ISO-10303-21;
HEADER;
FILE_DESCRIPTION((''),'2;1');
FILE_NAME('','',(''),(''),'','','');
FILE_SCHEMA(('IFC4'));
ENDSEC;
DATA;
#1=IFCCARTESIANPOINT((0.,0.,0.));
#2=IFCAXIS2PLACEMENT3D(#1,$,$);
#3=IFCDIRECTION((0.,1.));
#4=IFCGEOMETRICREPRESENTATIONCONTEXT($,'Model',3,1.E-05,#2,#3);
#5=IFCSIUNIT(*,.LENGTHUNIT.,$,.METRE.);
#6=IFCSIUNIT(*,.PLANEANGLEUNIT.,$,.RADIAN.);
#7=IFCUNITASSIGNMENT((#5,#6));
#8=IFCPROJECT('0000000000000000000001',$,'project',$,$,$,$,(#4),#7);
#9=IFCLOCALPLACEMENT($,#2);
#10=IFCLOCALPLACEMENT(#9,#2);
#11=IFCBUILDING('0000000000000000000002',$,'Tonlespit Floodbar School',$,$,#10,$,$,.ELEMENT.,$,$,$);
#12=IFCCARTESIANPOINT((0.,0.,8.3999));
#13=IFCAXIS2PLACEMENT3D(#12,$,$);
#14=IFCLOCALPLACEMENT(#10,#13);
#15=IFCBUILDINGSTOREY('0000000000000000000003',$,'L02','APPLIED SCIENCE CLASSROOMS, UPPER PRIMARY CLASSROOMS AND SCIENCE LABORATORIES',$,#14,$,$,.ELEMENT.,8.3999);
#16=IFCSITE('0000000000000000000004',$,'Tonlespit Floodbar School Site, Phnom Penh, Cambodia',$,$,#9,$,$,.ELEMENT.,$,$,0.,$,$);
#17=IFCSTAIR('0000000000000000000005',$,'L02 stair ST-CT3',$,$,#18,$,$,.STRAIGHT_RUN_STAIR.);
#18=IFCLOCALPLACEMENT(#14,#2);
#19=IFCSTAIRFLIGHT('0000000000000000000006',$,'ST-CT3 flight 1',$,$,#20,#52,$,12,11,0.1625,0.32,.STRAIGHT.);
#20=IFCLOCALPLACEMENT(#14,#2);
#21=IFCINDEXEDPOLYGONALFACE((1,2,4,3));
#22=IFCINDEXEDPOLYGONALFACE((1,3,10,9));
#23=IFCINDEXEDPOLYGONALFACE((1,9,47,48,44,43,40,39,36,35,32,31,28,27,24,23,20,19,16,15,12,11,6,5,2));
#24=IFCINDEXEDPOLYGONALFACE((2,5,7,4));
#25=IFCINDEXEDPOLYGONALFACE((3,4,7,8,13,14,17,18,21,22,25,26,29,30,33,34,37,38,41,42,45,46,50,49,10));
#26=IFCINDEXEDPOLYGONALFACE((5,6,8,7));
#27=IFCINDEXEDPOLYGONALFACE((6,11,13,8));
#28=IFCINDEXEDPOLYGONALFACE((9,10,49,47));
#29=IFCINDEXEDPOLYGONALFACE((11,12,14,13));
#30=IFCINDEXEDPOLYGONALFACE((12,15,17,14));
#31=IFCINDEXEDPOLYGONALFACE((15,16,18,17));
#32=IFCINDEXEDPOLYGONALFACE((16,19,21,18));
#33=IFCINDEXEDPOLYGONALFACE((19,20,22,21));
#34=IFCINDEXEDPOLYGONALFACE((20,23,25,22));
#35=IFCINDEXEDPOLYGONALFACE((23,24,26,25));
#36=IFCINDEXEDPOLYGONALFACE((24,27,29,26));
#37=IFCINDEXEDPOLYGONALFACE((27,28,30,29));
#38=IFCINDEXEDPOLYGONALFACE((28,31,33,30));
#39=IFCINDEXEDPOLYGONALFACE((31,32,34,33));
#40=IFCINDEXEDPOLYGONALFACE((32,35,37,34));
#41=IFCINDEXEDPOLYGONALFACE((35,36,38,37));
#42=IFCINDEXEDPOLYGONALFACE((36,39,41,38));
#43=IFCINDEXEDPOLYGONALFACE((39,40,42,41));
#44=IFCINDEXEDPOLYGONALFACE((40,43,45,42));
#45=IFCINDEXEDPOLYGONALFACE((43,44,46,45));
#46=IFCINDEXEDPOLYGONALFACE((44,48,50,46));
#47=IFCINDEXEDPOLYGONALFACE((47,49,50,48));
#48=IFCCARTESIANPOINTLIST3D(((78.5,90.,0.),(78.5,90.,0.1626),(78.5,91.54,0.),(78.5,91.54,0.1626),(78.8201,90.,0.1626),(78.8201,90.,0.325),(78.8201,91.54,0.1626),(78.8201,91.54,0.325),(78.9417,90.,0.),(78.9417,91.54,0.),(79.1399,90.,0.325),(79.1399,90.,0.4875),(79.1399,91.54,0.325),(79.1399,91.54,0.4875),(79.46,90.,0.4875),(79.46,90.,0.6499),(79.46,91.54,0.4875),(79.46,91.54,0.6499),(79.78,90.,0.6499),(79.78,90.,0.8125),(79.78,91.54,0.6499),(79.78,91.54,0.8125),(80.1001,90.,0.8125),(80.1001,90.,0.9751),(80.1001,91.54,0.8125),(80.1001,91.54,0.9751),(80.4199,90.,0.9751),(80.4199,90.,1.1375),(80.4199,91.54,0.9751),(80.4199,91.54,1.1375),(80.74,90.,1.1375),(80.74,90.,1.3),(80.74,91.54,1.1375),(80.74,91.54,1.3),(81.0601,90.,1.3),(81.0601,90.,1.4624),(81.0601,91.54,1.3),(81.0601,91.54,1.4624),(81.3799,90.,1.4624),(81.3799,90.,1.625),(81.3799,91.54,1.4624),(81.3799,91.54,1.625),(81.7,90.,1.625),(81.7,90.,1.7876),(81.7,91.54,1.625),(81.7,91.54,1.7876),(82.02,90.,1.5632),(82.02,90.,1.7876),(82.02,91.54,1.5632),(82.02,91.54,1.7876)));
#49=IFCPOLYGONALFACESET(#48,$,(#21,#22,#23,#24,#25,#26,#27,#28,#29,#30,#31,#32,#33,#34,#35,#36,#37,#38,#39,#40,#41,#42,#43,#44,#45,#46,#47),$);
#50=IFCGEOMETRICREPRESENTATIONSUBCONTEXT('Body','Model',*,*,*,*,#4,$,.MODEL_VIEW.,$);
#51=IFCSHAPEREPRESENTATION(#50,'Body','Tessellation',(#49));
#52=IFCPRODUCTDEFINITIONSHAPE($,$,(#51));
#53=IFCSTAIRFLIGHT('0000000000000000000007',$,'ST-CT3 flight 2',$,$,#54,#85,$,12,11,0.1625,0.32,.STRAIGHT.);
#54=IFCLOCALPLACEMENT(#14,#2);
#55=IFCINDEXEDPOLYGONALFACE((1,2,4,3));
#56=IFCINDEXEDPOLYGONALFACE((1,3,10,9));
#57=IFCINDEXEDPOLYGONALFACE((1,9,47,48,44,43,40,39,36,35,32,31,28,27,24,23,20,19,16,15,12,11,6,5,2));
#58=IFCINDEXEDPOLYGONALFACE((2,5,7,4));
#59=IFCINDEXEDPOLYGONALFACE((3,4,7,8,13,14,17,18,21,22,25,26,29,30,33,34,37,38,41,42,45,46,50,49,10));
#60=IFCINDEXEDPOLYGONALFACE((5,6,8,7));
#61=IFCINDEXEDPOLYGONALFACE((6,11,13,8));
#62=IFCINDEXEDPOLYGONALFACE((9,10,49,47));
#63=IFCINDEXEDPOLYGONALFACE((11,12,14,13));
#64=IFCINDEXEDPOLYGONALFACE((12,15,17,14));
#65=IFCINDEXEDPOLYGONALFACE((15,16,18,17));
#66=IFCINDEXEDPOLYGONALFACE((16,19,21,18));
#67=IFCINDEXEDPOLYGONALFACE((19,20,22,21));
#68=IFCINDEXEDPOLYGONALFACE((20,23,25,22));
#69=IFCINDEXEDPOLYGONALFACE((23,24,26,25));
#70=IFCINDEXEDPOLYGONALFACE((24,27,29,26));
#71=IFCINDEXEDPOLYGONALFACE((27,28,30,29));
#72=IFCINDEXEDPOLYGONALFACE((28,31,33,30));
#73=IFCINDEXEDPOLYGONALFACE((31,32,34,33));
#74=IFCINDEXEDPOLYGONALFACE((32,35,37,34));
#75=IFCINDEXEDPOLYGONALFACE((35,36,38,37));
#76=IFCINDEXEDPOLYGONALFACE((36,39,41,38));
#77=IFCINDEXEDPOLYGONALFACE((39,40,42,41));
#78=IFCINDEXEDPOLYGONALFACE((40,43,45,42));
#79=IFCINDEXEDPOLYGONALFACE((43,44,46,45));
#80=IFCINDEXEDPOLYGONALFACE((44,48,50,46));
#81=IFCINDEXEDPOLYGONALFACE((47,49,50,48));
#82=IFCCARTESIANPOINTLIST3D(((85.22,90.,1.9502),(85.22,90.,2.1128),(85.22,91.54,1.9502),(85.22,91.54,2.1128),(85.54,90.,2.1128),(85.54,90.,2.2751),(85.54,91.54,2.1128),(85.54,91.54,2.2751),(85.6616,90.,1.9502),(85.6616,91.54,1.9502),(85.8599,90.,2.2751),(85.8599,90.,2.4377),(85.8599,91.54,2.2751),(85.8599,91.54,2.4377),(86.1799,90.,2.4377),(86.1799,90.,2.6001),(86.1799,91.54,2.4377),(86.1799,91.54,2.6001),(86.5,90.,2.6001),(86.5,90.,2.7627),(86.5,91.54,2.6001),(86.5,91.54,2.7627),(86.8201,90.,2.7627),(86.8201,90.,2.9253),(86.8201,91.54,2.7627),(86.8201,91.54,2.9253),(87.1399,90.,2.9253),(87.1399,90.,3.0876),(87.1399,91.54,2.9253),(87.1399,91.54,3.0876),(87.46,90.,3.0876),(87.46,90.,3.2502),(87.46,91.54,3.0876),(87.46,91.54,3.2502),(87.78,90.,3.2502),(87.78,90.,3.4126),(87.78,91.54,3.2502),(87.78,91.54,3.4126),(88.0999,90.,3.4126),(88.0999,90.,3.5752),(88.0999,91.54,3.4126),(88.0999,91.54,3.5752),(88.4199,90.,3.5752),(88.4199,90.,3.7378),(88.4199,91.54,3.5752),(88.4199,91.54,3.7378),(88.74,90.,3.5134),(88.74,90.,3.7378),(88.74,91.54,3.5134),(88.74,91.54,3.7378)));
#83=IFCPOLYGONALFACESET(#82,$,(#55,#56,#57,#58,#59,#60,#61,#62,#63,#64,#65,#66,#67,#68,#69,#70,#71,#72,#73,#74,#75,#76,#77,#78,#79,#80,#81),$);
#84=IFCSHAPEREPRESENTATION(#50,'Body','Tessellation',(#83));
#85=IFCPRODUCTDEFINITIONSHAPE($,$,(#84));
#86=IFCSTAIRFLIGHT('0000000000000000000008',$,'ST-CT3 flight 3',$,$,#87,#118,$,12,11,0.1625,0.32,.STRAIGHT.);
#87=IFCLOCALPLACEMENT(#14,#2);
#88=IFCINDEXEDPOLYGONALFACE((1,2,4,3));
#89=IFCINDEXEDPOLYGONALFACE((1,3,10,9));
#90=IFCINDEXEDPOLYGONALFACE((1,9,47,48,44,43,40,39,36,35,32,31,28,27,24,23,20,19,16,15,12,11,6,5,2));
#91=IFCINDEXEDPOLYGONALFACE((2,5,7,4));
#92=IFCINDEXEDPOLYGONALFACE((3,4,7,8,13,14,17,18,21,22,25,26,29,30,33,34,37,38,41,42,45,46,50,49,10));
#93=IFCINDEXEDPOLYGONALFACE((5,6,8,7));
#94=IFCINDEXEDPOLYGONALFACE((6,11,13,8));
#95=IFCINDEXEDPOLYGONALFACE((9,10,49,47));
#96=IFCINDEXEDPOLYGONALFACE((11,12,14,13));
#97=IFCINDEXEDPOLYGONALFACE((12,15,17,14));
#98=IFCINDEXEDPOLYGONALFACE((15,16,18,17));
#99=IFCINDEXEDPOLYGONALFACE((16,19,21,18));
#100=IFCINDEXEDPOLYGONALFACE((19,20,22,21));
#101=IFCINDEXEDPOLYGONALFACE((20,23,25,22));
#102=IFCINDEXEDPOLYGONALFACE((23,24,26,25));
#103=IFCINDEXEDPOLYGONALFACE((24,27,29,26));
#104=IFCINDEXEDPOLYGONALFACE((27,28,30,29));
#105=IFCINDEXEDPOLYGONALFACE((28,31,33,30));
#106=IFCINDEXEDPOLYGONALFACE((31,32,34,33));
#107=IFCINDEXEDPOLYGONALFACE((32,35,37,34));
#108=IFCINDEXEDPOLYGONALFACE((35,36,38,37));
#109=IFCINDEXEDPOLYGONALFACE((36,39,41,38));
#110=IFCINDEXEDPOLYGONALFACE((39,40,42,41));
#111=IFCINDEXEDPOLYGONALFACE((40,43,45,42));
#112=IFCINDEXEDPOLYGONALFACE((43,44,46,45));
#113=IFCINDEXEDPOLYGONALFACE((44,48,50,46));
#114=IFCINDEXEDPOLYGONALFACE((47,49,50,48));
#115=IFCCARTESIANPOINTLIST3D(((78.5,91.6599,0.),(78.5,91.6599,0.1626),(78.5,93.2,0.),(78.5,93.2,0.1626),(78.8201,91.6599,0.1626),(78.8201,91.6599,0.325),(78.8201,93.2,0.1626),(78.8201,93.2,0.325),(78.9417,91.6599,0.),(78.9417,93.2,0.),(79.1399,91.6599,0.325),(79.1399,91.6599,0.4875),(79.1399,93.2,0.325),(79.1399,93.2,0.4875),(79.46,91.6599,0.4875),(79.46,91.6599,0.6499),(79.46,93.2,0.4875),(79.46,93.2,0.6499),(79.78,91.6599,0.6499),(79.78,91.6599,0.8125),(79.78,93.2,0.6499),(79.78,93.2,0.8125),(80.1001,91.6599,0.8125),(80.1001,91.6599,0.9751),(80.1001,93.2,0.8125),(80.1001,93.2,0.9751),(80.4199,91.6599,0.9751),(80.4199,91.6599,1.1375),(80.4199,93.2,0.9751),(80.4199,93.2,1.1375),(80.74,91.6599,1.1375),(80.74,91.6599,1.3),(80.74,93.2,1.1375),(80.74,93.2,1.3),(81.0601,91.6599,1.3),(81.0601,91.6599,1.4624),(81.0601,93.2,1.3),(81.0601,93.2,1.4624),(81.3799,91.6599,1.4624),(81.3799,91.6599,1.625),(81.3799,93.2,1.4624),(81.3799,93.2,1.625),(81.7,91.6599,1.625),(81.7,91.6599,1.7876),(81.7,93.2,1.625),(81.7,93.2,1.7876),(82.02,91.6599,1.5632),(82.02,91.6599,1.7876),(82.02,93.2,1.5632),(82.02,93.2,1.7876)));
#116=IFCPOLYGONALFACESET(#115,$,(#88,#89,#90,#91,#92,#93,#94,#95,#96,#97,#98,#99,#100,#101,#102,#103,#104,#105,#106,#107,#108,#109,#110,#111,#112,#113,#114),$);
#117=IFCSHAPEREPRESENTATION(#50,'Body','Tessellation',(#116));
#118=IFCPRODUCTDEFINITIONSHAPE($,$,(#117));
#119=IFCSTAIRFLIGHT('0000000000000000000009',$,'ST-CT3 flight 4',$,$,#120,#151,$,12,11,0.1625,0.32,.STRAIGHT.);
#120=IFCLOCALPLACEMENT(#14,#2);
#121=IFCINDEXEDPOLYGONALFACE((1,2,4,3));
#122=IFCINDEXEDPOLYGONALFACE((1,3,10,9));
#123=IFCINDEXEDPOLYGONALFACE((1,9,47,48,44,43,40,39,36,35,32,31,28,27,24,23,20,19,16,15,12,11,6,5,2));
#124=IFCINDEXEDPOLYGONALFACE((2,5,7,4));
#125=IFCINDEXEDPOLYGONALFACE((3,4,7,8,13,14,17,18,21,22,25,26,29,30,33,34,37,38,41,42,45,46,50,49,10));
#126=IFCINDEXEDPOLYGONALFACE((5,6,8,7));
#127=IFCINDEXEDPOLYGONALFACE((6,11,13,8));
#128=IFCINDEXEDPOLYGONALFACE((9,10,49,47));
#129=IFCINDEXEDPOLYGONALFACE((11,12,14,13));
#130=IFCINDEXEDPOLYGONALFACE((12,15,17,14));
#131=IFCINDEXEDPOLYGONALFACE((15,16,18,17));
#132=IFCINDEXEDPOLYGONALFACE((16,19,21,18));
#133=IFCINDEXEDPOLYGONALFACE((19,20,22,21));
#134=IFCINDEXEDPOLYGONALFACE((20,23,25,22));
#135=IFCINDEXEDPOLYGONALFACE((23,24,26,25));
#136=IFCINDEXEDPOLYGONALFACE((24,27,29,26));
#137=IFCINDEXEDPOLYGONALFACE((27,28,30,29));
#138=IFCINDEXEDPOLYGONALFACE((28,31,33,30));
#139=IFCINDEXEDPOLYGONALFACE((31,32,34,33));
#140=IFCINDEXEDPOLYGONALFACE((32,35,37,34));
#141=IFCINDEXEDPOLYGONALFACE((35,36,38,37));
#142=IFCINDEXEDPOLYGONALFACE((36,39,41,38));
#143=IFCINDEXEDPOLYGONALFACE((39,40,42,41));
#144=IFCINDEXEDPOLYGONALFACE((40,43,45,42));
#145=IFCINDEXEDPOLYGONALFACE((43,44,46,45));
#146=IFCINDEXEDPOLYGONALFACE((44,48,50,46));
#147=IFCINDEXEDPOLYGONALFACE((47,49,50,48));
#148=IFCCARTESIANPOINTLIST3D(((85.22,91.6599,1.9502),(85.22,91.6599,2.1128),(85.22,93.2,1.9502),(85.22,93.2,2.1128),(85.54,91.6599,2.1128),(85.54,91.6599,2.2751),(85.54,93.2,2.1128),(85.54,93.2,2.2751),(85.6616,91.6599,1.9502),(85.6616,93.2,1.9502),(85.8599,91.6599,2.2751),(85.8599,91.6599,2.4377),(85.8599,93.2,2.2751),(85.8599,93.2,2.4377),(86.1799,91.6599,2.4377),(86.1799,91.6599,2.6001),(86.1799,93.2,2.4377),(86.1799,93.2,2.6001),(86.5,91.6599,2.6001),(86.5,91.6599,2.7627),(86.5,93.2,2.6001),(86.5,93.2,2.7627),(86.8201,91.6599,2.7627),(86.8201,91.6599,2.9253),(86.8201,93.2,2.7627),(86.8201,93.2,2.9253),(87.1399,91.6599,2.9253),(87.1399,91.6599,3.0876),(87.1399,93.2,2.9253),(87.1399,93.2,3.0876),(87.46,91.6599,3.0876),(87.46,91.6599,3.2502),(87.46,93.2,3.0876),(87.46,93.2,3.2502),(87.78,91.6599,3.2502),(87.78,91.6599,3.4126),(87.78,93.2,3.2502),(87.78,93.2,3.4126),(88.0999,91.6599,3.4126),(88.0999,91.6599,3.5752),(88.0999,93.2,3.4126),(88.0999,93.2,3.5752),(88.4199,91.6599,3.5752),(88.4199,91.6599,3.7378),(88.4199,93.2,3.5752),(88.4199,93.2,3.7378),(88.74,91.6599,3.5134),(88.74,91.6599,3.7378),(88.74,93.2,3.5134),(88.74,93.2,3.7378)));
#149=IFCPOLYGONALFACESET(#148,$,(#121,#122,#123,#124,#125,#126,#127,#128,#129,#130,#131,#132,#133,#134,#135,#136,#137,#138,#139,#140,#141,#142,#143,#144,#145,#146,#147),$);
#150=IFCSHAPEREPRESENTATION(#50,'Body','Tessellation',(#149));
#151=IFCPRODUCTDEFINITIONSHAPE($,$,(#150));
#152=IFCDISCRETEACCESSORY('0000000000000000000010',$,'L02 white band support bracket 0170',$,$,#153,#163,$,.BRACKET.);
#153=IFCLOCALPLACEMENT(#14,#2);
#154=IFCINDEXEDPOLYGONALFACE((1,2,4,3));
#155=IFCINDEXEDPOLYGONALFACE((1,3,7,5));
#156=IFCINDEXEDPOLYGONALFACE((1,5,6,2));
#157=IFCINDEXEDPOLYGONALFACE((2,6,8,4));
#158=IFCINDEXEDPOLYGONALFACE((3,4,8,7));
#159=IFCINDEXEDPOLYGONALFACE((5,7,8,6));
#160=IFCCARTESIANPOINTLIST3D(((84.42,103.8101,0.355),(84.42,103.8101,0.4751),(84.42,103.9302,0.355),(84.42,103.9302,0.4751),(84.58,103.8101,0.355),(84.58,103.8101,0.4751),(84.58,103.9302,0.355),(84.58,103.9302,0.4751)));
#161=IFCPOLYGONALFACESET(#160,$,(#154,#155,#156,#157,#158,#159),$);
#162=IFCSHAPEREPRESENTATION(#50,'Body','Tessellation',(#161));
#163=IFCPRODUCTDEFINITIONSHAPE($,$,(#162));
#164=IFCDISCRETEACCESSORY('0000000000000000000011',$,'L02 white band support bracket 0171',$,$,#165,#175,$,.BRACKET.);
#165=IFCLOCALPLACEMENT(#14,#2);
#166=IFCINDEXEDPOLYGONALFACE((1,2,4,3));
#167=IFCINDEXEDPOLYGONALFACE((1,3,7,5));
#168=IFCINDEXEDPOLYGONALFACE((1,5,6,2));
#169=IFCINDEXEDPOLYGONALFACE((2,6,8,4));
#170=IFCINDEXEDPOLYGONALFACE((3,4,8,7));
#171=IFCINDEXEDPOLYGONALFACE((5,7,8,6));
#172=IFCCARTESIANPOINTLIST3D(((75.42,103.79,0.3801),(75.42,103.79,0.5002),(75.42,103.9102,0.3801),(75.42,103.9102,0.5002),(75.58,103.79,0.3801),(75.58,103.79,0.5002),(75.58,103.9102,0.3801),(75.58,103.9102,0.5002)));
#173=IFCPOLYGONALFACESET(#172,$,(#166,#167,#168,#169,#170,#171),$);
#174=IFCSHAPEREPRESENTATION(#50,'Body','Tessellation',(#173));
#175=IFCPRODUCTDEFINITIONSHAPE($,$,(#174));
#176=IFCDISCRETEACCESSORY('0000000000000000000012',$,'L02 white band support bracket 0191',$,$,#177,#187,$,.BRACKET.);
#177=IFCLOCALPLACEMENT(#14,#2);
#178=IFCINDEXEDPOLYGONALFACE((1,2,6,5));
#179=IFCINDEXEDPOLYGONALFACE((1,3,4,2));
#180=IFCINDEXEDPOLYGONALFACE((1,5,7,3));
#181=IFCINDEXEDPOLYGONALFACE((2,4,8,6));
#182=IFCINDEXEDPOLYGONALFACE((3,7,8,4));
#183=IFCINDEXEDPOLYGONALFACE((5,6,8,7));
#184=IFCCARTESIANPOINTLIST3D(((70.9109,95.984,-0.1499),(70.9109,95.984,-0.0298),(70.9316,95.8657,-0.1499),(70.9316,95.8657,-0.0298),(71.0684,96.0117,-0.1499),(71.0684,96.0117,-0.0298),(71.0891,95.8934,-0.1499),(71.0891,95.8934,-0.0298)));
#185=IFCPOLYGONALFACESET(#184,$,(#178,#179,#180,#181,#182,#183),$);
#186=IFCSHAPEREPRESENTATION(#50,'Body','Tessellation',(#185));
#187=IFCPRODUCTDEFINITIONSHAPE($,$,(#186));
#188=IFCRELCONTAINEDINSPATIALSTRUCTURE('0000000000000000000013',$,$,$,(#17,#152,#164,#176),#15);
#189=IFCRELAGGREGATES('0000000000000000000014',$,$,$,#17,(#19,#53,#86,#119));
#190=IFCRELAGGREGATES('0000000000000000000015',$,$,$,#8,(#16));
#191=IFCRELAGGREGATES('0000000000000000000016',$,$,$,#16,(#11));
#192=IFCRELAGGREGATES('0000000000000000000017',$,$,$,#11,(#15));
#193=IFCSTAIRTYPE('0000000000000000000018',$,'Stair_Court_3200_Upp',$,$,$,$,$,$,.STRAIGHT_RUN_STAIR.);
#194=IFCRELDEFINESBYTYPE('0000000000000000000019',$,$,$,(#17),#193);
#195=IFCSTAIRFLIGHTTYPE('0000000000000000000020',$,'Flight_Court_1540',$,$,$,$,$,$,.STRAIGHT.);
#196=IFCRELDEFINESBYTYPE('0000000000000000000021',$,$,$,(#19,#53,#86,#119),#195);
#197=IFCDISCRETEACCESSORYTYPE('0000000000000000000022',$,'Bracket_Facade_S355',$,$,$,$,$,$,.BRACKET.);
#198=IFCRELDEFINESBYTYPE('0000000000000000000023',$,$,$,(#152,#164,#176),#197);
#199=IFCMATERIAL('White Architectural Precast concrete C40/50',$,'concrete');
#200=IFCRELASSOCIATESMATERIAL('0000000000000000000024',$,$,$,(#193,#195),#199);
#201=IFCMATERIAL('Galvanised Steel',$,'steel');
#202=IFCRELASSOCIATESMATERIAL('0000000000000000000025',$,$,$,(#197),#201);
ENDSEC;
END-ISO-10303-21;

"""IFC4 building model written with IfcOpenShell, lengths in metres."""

from ifc_helpers import new_model, si_unit, direction, frame, origin, origin_2d, place, context, subcontext, project, spatial, polyline, rectangle, outline, extrude, material, type_object, element, aggregate, save


model = new_model("IFC4")

# Units and contexts
model_context = context("Model", 3, precision=1e-05, world=origin(), true_north=direction((0.0, 1.0)))
body_context = subcontext(model_context, "Body", "Model", "MODEL_VIEW")
ifc_project = project(units=[si_unit("LENGTHUNIT", "METRE"), si_unit("PLANEANGLEUNIT", "RADIAN")], contexts=[model_context])

# Site, building, storey
site_placement = place(None, origin())
site = spatial("IfcSite", under=ifc_project, at=site_placement, Name="Tonlespit Floodbar School Site, Phnom Penh, Cambodia", CompositionType="ELEMENT", RefElevation=0.0)
building_placement = place(site_placement, origin())
building = spatial("IfcBuilding", under=site, at=building_placement, Name="Tonlespit Floodbar School", CompositionType="ELEMENT")
storey_placement = place(building_placement, frame((0.0, 0.0, 8.3999)))
storey = spatial("IfcBuildingStorey", under=building, at=storey_placement, Name="L02", Description="APPLIED SCIENCE CLASSROOMS, UPPER PRIMARY CLASSROOMS AND SCIENCE LABORATORIES", CompositionType="ELEMENT", Elevation=8.3999)

# Stair, stair flights
ifc_material_1 = material(Name="White Architectural Precast concrete C40/50", Category="concrete")
stair_type = type_object("IfcStairType", Name="Stair_Court_3200_Upp", PredefinedType="STRAIGHT_RUN_STAIR", material=ifc_material_1)
stair_placement = place(storey_placement, origin())
stair = element("IfcStair", 1, at=stair_placement, inside=storey, type_object=stair_type, Name="L02 stair ST-CT3", PredefinedType="STRAIGHT_RUN_STAIR")
stair_flight_type = type_object("IfcStairFlightType", Name="Flight_Court_1540", PredefinedType="STRAIGHT", material=ifc_material_1)
stair_flight_1_placement = place(storey_placement, frame((78.5, 90.77, 0.0), z_axis=(0.0, 0.0, 1.0), x_axis=(1.0, 0.0, 0.0)))
stair_flight_1 = element("IfcStairFlight", 2, at=stair_flight_1_placement, type_object=stair_flight_type, Name="ST-CT3 flight 1", NumberOfRisers=12, NumberOfTreads=11, PredefinedType="STRAIGHT", RiserHeight=0.1625, TreadLength=0.32, context=body_context, shape_type="SweptSolid", body=[
    extrude(outline(polyline([(0.0, 0.0), (0.0, 0.1626), (0.3201, 0.1626), (0.3201, 0.325), (0.6399, 0.325), (0.6399, 0.4875), (0.96, 0.4875), (0.96, 0.6499), (1.28, 0.6499), (1.28, 0.8125), (1.6001, 0.8125), (1.6001, 0.9751), (1.9199, 0.9751), (1.9199, 1.1375), (2.24, 1.1375), (2.24, 1.3), (2.5601, 1.3), (2.5601, 1.4624), (2.8799, 1.4624), (2.8799, 1.625), (3.2, 1.625), (3.2, 1.7876), (3.52, 1.7876), (3.52, 1.95), (3.52, 1.5632), (0.4417, 0.0), (0.0, 0.0)])), frame((0.0, 0.77, 0.0), z_axis=(0.0, -1.0, 0.0), x_axis=(1.0, 0.0, 0.0)), (0.0, 0.0, 1.0), 1.54),
])
stair_flight_2_placement = place(storey_placement, frame((85.22, 90.77, 1.9502), z_axis=(0.0, 0.0, 1.0), x_axis=(1.0, 0.0, 0.0)))
stair_flight_2 = element("IfcStairFlight", 3, at=stair_flight_2_placement, type_object=stair_flight_type, Name="ST-CT3 flight 2", NumberOfRisers=12, NumberOfTreads=11, PredefinedType="STRAIGHT", RiserHeight=0.1625, TreadLength=0.32, context=body_context, shape_type="SweptSolid", body=[
    extrude(outline(polyline([(0.0, 0.0), (0.0, 0.1626), (0.3201, 0.1626), (0.3201, 0.325), (0.6399, 0.325), (0.6399, 0.4875), (0.96, 0.4875), (0.96, 0.6499), (1.28, 0.6499), (1.28, 0.8125), (1.6001, 0.8125), (1.6001, 0.9751), (1.9199, 0.9751), (1.9199, 1.1375), (2.24, 1.1375), (2.24, 1.3), (2.5601, 1.3), (2.5601, 1.4624), (2.8799, 1.4624), (2.8799, 1.625), (3.2, 1.625), (3.2, 1.7876), (3.52, 1.7876), (3.52, 1.95), (3.52, 1.5632), (0.4417, 0.0), (0.0, 0.0)])), frame((0.0, 0.77, 0.0), z_axis=(0.0, -1.0, 0.0), x_axis=(1.0, 0.0, 0.0)), (0.0, 0.0, 1.0), 1.54),
])
stair_flight_3_placement = place(storey_placement, frame((78.5, 92.4299, 0.0), z_axis=(0.0, 0.0, 1.0), x_axis=(1.0, 0.0, 0.0)))
stair_flight_3 = element("IfcStairFlight", 4, at=stair_flight_3_placement, type_object=stair_flight_type, Name="ST-CT3 flight 3", NumberOfRisers=12, NumberOfTreads=11, PredefinedType="STRAIGHT", RiserHeight=0.1625, TreadLength=0.32, context=body_context, shape_type="SweptSolid", body=[
    extrude(outline(polyline([(0.0, 0.0), (0.0, 0.1626), (0.3201, 0.1626), (0.3201, 0.325), (0.6399, 0.325), (0.6399, 0.4875), (0.96, 0.4875), (0.96, 0.6499), (1.28, 0.6499), (1.28, 0.8125), (1.6001, 0.8125), (1.6001, 0.9751), (1.9199, 0.9751), (1.9199, 1.1375), (2.24, 1.1375), (2.24, 1.3), (2.5601, 1.3), (2.5601, 1.4624), (2.8799, 1.4624), (2.8799, 1.625), (3.2, 1.625), (3.2, 1.7876), (3.52, 1.7876), (3.52, 1.95), (3.52, 1.5632), (0.4417, 0.0), (0.0, 0.0)])), frame((0.0, 0.77, 0.0), z_axis=(0.0, -1.0, 0.0), x_axis=(1.0, 0.0, 0.0)), (0.0, 0.0, 1.0), 1.54),
])
stair_flight_4_placement = place(storey_placement, frame((85.22, 92.4299, 1.9502), z_axis=(0.0, 0.0, 1.0), x_axis=(1.0, 0.0, 0.0)))
stair_flight_4 = element("IfcStairFlight", 5, at=stair_flight_4_placement, type_object=stair_flight_type, Name="ST-CT3 flight 4", NumberOfRisers=12, NumberOfTreads=11, PredefinedType="STRAIGHT", RiserHeight=0.1625, TreadLength=0.32, context=body_context, shape_type="SweptSolid", body=[
    extrude(outline(polyline([(0.0, 0.0), (0.0, 0.1626), (0.3201, 0.1626), (0.3201, 0.325), (0.6399, 0.325), (0.6399, 0.4875), (0.96, 0.4875), (0.96, 0.6499), (1.28, 0.6499), (1.28, 0.8125), (1.6001, 0.8125), (1.6001, 0.9751), (1.9199, 0.9751), (1.9199, 1.1375), (2.24, 1.1375), (2.24, 1.3), (2.5601, 1.3), (2.5601, 1.4624), (2.8799, 1.4624), (2.8799, 1.625), (3.2, 1.625), (3.2, 1.7876), (3.52, 1.7876), (3.52, 1.95), (3.52, 1.5632), (0.4417, 0.0), (0.0, 0.0)])), frame((0.0, 0.77, 0.0), z_axis=(0.0, -1.0, 0.0), x_axis=(1.0, 0.0, 0.0)), (0.0, 0.0, 1.0), 1.54),
])
aggregate(stair, [stair_flight_1, stair_flight_2, stair_flight_3, stair_flight_4])

# Shared definitions
ifc_material_2 = material(Name="Galvanised Steel", Category="steel")

# Discrete accessories
discrete_accessory_type = type_object("IfcDiscreteAccessoryType", Name="Bracket_Facade_S355", PredefinedType="BRACKET", material=ifc_material_2)
for number, where, z_axis, x_axis, name in (
    (6, (84.5, 103.8701, 0.355), (0.0, 0.0, 1.0), (-1.0, 0.0, 0.0), "L02 white band support bracket 0170"),
    (7, (75.5, 103.8501, 0.3801), (0.0, 0.0, 1.0), (-1.0, 0.0, 0.0), "L02 white band support bracket 0171"),
    (8, (71.0, 95.9387, -0.1499), (0.0, 0.0, 1.0), (0.984905, 0.173096, 0.0), "L02 white band support bracket 0191"),
):
    element("IfcDiscreteAccessory", number, at=place(storey_placement, frame(where, z_axis=z_axis, x_axis=x_axis)), inside=storey, type_object=discrete_accessory_type, Name=name, PredefinedType="BRACKET", context=body_context, shape_type="SweptSolid", body=[
        extrude(rectangle(XDim=0.1599, YDim=0.1201, at=origin_2d()), origin(), (0.0, 0.0, 1.0), 0.1201),
    ])

save(model, "model.ifc")
